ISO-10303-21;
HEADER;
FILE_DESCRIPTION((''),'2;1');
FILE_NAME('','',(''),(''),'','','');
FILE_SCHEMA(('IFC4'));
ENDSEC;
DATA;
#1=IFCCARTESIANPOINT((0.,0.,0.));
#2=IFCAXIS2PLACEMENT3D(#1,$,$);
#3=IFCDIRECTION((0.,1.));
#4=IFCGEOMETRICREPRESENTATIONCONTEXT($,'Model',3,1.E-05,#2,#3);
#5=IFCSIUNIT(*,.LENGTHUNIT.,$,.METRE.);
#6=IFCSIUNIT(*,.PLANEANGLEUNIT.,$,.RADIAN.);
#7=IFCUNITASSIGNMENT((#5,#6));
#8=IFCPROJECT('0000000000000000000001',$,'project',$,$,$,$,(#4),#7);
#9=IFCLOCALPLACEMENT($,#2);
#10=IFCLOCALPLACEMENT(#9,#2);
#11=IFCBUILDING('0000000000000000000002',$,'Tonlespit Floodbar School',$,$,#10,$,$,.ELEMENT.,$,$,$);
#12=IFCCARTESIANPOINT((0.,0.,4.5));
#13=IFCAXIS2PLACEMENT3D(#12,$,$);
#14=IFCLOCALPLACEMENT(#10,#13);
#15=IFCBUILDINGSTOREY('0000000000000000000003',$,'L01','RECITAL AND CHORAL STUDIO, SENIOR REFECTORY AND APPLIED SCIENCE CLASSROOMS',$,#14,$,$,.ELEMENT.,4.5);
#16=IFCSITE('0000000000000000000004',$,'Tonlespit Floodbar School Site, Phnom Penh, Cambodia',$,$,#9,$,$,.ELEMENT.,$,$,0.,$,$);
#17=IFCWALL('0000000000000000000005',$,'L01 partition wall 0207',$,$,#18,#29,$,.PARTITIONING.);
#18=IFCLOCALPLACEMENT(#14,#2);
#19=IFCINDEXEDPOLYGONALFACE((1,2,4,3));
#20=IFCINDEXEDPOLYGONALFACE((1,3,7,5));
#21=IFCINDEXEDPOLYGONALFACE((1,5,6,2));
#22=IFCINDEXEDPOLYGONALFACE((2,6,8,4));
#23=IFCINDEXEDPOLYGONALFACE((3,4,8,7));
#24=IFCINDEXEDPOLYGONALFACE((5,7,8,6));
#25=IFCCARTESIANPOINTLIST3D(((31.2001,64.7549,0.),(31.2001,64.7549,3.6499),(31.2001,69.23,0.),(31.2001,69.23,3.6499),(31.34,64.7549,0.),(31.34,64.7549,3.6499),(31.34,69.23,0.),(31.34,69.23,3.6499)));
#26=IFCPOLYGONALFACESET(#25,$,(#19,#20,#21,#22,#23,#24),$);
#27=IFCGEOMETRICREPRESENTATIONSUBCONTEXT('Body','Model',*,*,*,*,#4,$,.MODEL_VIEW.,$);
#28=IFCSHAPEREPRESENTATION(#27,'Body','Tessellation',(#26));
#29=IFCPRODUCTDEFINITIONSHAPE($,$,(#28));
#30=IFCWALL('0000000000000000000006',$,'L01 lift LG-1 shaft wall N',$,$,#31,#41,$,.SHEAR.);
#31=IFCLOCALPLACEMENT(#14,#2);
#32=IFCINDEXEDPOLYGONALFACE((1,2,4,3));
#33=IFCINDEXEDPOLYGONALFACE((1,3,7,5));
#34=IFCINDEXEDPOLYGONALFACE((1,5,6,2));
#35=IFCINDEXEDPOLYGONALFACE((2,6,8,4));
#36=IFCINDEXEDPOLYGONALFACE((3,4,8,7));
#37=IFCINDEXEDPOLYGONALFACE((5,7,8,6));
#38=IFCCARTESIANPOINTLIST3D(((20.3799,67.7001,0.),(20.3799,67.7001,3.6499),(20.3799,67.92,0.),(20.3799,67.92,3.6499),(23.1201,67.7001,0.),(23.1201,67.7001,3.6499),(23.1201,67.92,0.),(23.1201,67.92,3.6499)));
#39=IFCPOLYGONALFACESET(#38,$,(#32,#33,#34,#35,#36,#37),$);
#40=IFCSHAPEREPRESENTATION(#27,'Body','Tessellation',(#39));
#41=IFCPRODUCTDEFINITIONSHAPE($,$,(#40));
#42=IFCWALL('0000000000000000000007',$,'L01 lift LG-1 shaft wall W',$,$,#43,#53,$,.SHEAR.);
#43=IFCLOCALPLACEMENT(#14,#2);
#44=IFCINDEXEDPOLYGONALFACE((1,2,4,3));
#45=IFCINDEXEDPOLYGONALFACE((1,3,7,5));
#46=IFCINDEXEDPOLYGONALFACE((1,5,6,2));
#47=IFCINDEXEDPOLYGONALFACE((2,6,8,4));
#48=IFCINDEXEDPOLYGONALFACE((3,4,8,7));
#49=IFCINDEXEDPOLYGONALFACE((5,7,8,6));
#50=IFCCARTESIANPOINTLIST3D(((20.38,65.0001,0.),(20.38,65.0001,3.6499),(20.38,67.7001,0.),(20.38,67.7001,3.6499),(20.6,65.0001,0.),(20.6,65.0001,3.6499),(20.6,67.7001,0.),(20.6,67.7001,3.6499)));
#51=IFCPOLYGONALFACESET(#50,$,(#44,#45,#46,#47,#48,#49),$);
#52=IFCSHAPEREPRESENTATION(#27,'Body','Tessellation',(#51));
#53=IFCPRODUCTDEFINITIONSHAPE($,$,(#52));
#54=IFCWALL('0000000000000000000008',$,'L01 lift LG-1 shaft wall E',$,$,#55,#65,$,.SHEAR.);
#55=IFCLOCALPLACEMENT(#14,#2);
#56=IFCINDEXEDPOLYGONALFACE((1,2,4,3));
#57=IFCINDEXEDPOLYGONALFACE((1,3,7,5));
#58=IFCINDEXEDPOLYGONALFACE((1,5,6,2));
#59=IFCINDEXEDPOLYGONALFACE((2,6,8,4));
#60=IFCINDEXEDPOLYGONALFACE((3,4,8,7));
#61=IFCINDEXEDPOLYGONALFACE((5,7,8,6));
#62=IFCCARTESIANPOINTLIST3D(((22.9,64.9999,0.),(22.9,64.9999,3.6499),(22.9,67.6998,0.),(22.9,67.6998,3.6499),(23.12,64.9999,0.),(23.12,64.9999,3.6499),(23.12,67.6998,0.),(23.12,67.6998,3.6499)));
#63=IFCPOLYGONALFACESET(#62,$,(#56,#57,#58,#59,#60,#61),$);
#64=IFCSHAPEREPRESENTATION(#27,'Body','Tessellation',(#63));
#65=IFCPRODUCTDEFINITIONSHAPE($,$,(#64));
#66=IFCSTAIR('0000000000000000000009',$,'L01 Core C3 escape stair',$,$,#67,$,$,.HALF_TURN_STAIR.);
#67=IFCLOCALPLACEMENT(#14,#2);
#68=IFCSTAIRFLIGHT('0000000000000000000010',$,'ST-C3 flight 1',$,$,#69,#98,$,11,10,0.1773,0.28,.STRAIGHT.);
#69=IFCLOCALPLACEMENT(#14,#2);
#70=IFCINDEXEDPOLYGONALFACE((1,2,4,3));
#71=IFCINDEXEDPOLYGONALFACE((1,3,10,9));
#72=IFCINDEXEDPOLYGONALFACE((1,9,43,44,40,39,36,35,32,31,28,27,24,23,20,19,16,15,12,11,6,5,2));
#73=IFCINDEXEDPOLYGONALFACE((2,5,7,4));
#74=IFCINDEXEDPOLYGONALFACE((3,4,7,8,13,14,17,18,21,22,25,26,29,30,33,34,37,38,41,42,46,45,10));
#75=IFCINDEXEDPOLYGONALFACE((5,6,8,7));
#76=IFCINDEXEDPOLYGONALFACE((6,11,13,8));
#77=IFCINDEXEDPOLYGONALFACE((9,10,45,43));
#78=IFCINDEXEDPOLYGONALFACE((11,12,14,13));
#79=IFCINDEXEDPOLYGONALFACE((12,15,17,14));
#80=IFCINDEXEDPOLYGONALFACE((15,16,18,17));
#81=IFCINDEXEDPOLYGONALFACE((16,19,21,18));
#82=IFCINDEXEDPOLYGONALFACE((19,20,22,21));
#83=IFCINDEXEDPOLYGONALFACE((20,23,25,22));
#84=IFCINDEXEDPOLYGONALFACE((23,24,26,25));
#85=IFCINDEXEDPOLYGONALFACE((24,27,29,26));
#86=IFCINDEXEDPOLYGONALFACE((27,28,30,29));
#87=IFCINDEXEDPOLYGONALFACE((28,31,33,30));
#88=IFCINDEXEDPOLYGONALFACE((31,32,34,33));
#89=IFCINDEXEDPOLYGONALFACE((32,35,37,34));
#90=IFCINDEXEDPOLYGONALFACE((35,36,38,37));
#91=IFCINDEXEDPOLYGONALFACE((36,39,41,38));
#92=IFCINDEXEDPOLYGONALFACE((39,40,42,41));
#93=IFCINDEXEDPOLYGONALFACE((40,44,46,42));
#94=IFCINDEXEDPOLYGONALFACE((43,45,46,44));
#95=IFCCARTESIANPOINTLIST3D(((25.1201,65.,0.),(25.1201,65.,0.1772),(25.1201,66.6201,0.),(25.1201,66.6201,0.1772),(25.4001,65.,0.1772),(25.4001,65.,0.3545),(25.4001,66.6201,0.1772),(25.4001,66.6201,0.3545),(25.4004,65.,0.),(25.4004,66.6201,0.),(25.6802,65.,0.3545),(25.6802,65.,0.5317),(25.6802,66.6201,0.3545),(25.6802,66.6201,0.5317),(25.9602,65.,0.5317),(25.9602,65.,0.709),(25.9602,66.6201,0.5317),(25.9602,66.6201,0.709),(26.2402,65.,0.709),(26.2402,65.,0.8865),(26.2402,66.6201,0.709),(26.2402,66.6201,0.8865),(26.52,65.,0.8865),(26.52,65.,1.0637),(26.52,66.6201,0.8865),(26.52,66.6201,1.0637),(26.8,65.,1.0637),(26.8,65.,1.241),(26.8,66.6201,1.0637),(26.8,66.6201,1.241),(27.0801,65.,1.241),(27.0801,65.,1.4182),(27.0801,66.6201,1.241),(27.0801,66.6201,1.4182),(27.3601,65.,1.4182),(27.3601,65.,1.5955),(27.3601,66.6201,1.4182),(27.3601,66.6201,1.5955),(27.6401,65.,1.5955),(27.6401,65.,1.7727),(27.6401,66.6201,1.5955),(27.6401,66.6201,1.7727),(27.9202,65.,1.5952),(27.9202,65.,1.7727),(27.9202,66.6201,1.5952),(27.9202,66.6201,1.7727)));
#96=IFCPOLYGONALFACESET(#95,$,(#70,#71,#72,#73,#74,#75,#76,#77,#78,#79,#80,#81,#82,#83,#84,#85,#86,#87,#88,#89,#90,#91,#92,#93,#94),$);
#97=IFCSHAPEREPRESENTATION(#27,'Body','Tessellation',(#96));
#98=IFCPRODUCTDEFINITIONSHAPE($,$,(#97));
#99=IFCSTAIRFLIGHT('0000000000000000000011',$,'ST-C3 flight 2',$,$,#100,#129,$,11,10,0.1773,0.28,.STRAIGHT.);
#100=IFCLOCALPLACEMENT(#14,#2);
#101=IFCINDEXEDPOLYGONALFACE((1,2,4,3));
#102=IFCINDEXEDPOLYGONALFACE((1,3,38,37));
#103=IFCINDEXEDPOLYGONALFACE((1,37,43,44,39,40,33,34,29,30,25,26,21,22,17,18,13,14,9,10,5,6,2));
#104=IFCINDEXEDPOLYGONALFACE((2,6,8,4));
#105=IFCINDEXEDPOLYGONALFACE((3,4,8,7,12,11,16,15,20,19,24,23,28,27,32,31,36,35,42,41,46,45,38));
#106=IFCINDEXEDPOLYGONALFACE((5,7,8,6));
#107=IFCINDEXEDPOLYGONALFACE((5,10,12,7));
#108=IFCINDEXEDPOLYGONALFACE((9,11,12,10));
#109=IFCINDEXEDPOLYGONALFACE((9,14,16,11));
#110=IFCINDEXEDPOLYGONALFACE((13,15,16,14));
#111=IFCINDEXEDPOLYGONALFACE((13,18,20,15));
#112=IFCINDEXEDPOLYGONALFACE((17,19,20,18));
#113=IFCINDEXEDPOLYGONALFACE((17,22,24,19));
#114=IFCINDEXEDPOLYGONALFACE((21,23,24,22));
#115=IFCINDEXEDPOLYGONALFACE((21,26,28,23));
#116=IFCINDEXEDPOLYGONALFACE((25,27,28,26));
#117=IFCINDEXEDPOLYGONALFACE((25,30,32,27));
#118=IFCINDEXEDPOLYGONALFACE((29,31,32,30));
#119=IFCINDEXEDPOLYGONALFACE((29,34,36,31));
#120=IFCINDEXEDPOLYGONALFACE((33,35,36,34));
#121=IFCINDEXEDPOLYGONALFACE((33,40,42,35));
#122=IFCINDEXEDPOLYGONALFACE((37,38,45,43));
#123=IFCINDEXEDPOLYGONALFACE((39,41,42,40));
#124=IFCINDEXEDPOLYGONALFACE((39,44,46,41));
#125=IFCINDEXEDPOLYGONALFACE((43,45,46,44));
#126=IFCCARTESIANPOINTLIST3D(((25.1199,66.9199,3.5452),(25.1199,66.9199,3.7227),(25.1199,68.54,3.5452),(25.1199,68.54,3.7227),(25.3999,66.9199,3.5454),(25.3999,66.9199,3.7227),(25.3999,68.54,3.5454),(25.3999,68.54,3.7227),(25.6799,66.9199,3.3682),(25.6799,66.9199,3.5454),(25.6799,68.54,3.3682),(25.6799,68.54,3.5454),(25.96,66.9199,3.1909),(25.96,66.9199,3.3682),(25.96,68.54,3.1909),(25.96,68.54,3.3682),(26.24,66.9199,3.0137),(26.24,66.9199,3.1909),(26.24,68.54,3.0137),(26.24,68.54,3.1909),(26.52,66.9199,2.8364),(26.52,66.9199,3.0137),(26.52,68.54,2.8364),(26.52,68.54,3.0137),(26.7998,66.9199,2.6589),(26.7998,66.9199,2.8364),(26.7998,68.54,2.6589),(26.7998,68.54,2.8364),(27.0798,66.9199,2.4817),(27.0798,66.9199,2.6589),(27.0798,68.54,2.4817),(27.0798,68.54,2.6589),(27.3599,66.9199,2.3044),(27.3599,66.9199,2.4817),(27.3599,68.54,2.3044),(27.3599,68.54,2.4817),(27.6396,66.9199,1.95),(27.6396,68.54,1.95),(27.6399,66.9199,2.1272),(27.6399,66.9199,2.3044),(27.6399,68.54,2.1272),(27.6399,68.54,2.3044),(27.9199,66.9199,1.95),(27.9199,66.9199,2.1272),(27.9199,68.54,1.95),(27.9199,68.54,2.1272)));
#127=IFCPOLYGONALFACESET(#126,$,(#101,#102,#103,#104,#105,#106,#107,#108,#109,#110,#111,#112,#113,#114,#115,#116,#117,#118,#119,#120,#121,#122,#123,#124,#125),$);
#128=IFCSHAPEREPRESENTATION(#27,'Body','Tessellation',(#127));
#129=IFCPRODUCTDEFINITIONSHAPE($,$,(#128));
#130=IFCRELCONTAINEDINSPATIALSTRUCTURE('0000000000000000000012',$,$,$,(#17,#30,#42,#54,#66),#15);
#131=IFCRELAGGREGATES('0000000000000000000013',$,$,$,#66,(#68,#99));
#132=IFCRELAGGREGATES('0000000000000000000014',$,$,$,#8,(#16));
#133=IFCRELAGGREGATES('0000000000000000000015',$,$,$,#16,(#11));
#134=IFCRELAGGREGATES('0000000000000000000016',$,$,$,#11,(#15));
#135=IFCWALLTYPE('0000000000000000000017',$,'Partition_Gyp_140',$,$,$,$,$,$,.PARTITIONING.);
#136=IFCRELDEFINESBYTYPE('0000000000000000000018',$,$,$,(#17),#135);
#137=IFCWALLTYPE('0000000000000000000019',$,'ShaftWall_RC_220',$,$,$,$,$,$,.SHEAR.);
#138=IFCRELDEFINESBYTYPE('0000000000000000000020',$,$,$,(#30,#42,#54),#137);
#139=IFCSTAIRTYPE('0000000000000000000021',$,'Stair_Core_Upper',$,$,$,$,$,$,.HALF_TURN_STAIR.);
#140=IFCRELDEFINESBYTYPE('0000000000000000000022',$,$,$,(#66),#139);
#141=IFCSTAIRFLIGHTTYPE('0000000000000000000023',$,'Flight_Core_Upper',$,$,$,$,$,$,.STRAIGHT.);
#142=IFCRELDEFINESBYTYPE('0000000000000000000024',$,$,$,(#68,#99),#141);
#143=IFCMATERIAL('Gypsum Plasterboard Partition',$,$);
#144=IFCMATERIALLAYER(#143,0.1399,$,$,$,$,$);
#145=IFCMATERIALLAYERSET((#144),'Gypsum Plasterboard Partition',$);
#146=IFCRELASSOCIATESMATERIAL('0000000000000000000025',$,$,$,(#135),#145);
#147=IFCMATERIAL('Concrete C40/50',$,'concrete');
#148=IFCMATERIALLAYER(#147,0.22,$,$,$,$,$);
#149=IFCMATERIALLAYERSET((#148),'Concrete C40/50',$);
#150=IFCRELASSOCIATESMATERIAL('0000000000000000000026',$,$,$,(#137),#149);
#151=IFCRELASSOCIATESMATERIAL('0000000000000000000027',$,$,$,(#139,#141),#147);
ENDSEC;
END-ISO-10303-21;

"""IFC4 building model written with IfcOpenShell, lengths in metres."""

from ifc_helpers import new_model, si_unit, direction, frame, frame_2d, origin, place, context, subcontext, project, spatial, polyline, rectangle, outline, extrude, material, layer, layer_set, type_object, element, aggregate, save


model = new_model("IFC4")

# Units and contexts
model_context = context("Model", 3, precision=1e-05, world=origin(), true_north=direction((0.0, 1.0)))
body_context = subcontext(model_context, "Body", "Model", "MODEL_VIEW")
ifc_project = project(units=[si_unit("LENGTHUNIT", "METRE"), si_unit("PLANEANGLEUNIT", "RADIAN")], contexts=[model_context])

# Site, building, storey
site_placement = place(None, origin())
site = spatial("IfcSite", under=ifc_project, at=site_placement, Name="Tonlespit Floodbar School Site, Phnom Penh, Cambodia", CompositionType="ELEMENT", RefElevation=0.0)
building_placement = place(site_placement, origin())
building = spatial("IfcBuilding", under=site, at=building_placement, Name="Tonlespit Floodbar School", CompositionType="ELEMENT")
storey_placement = place(building_placement, frame((0.0, 0.0, 4.5)))
storey = spatial("IfcBuildingStorey", under=building, at=storey_placement, Name="L01", Description="RECITAL AND CHORAL STUDIO, SENIOR REFECTORY AND APPLIED SCIENCE CLASSROOMS", CompositionType="ELEMENT", Elevation=4.5)

# Shared definitions
ifc_material_1 = material(Name="Concrete C40/50", Category="concrete")

# Shared definitions
ifc_material_2 = material(Name="Gypsum Plasterboard Partition")

# Shared definitions
ifc_layer_1 = layer(ifc_material_2, 0.1399)
ifc_layer_set_1 = layer_set([ifc_layer_1], Name="Gypsum Plasterboard Partition")
wall_type_1 = type_object("IfcWallType", Name="Partition_Gyp_140", PredefinedType="PARTITIONING", material=ifc_layer_set_1)

# Wall
wall_1_placement = place(storey_placement, frame((31.27, 64.7549, 0.0), z_axis=(0.0, 0.0, 1.0), x_axis=(0.0, 1.0, 0.0)))
element("IfcWall", 1, at=wall_1_placement, inside=storey, type_object=wall_type_1, Name="L01 partition wall 0207", PredefinedType="PARTITIONING", context=body_context, shape_type="SweptSolid", body=[
    extrude(rectangle(XDim=4.4751, YDim=0.1399, at=frame_2d((2.2375, 0.0))), origin(), (0.0, 0.0, 1.0), 3.6499),
])

# Shared definitions
ifc_layer_2 = layer(ifc_material_1, 0.22)
ifc_layer_set_2 = layer_set([ifc_layer_2], Name="Concrete C40/50")
wall_type_2 = type_object("IfcWallType", Name="ShaftWall_RC_220", PredefinedType="SHEAR", material=ifc_layer_set_2)

# Walls
wall_2_placement = place(storey_placement, frame((20.3799, 67.8101, 0.0), z_axis=(0.0, 0.0, 1.0), x_axis=(1.0, 0.0, 0.0)))
element("IfcWall", 2, at=wall_2_placement, inside=storey, type_object=wall_type_2, Name="L01 lift LG-1 shaft wall N", PredefinedType="SHEAR", context=body_context, shape_type="SweptSolid", body=[
    extrude(rectangle(XDim=2.7402, YDim=0.22, at=frame_2d((1.3701, 0.0))), origin(), (0.0, 0.0, 1.0), 3.6499),
])
for number, where, z_axis, x_axis, name in (
    (3, (20.49, 65.0, 0.0), (0.0, 0.0, 1.0), (0.0, 1.0, 0.0), "L01 lift LG-1 shaft wall W"),
    (4, (23.01, 67.7, 0.0), (0.0, 0.0, 1.0), (0.0, -1.0, 0.0), "L01 lift LG-1 shaft wall E"),
):
    element("IfcWall", number, at=place(storey_placement, frame(where, z_axis=z_axis, x_axis=x_axis)), inside=storey, type_object=wall_type_2, Name=name, PredefinedType="SHEAR", context=body_context, shape_type="SweptSolid", body=[
        extrude(rectangle(XDim=2.7, YDim=0.22, at=frame_2d((1.3501, 0.0))), origin(), (0.0, 0.0, 1.0), 3.6499),
    ])

# Stair, stair flights
stair_type = type_object("IfcStairType", Name="Stair_Core_Upper", PredefinedType="HALF_TURN_STAIR", material=ifc_material_1)
stair_placement = place(storey_placement, origin())
stair = element("IfcStair", 5, at=stair_placement, inside=storey, type_object=stair_type, Name="L01 Core C3 escape stair", PredefinedType="HALF_TURN_STAIR")
stair_flight_type = type_object("IfcStairFlightType", Name="Flight_Core_Upper", PredefinedType="STRAIGHT", material=ifc_material_1)
stair_flight_1_placement = place(storey_placement, frame((25.1201, 65.8101, 0.0), z_axis=(0.0, 0.0, 1.0), x_axis=(1.0, 0.0, 0.0)))
stair_flight_1 = element("IfcStairFlight", 6, at=stair_flight_1_placement, type_object=stair_flight_type, Name="ST-C3 flight 1", NumberOfRisers=11, NumberOfTreads=10, PredefinedType="STRAIGHT", RiserHeight=0.1773, TreadLength=0.28, context=body_context, shape_type="SweptSolid", body=[
    extrude(outline(polyline([(0.0, 0.0), (0.0, 0.1772), (0.28, 0.1772), (0.28, 0.3545), (0.5601, 0.3545), (0.5601, 0.5317), (0.8401, 0.5317), (0.8401, 0.709), (1.1201, 0.709), (1.1201, 0.8865), (1.3999, 0.8865), (1.3999, 1.0637), (1.6799, 1.0637), (1.6799, 1.241), (1.96, 1.241), (1.96, 1.4182), (2.24, 1.4182), (2.24, 1.5955), (2.52, 1.5955), (2.52, 1.7727), (2.8, 1.7727), (2.8, 1.95), (2.8, 1.5952), (0.2803, 0.0), (0.0, 0.0)])), frame((0.0, 0.8101, 0.0), z_axis=(0.0, -1.0, 0.0), x_axis=(1.0, 0.0, 0.0)), (0.0, 0.0, 1.0), 1.6201),
])
stair_flight_2_placement = place(storey_placement, frame((27.9199, 67.73, 1.95), z_axis=(0.0, 0.0, 1.0), x_axis=(-1.0, 0.0, 0.0)))
stair_flight_2 = element("IfcStairFlight", 7, at=stair_flight_2_placement, type_object=stair_flight_type, Name="ST-C3 flight 2", NumberOfRisers=11, NumberOfTreads=10, PredefinedType="STRAIGHT", RiserHeight=0.1773, TreadLength=0.28, context=body_context, shape_type="SweptSolid", body=[
    extrude(outline(polyline([(0.0, 0.0), (0.0, 0.1772), (0.28, 0.1772), (0.28, 0.3545), (0.5601, 0.3545), (0.5601, 0.5317), (0.8401, 0.5317), (0.8401, 0.709), (1.1201, 0.709), (1.1201, 0.8865), (1.3999, 0.8865), (1.3999, 1.0637), (1.6799, 1.0637), (1.6799, 1.241), (1.96, 1.241), (1.96, 1.4182), (2.24, 1.4182), (2.24, 1.5955), (2.52, 1.5955), (2.52, 1.7727), (2.8, 1.7727), (2.8, 1.95), (2.8, 1.5952), (0.2803, 0.0), (0.0, 0.0)])), frame((0.0, 0.8101, 0.0), z_axis=(0.0, -1.0, 0.0), x_axis=(1.0, 0.0, 0.0)), (0.0, 0.0, 1.0), 1.6201),
])
aggregate(stair, [stair_flight_1, stair_flight_2])

save(model, "model.ifc")
